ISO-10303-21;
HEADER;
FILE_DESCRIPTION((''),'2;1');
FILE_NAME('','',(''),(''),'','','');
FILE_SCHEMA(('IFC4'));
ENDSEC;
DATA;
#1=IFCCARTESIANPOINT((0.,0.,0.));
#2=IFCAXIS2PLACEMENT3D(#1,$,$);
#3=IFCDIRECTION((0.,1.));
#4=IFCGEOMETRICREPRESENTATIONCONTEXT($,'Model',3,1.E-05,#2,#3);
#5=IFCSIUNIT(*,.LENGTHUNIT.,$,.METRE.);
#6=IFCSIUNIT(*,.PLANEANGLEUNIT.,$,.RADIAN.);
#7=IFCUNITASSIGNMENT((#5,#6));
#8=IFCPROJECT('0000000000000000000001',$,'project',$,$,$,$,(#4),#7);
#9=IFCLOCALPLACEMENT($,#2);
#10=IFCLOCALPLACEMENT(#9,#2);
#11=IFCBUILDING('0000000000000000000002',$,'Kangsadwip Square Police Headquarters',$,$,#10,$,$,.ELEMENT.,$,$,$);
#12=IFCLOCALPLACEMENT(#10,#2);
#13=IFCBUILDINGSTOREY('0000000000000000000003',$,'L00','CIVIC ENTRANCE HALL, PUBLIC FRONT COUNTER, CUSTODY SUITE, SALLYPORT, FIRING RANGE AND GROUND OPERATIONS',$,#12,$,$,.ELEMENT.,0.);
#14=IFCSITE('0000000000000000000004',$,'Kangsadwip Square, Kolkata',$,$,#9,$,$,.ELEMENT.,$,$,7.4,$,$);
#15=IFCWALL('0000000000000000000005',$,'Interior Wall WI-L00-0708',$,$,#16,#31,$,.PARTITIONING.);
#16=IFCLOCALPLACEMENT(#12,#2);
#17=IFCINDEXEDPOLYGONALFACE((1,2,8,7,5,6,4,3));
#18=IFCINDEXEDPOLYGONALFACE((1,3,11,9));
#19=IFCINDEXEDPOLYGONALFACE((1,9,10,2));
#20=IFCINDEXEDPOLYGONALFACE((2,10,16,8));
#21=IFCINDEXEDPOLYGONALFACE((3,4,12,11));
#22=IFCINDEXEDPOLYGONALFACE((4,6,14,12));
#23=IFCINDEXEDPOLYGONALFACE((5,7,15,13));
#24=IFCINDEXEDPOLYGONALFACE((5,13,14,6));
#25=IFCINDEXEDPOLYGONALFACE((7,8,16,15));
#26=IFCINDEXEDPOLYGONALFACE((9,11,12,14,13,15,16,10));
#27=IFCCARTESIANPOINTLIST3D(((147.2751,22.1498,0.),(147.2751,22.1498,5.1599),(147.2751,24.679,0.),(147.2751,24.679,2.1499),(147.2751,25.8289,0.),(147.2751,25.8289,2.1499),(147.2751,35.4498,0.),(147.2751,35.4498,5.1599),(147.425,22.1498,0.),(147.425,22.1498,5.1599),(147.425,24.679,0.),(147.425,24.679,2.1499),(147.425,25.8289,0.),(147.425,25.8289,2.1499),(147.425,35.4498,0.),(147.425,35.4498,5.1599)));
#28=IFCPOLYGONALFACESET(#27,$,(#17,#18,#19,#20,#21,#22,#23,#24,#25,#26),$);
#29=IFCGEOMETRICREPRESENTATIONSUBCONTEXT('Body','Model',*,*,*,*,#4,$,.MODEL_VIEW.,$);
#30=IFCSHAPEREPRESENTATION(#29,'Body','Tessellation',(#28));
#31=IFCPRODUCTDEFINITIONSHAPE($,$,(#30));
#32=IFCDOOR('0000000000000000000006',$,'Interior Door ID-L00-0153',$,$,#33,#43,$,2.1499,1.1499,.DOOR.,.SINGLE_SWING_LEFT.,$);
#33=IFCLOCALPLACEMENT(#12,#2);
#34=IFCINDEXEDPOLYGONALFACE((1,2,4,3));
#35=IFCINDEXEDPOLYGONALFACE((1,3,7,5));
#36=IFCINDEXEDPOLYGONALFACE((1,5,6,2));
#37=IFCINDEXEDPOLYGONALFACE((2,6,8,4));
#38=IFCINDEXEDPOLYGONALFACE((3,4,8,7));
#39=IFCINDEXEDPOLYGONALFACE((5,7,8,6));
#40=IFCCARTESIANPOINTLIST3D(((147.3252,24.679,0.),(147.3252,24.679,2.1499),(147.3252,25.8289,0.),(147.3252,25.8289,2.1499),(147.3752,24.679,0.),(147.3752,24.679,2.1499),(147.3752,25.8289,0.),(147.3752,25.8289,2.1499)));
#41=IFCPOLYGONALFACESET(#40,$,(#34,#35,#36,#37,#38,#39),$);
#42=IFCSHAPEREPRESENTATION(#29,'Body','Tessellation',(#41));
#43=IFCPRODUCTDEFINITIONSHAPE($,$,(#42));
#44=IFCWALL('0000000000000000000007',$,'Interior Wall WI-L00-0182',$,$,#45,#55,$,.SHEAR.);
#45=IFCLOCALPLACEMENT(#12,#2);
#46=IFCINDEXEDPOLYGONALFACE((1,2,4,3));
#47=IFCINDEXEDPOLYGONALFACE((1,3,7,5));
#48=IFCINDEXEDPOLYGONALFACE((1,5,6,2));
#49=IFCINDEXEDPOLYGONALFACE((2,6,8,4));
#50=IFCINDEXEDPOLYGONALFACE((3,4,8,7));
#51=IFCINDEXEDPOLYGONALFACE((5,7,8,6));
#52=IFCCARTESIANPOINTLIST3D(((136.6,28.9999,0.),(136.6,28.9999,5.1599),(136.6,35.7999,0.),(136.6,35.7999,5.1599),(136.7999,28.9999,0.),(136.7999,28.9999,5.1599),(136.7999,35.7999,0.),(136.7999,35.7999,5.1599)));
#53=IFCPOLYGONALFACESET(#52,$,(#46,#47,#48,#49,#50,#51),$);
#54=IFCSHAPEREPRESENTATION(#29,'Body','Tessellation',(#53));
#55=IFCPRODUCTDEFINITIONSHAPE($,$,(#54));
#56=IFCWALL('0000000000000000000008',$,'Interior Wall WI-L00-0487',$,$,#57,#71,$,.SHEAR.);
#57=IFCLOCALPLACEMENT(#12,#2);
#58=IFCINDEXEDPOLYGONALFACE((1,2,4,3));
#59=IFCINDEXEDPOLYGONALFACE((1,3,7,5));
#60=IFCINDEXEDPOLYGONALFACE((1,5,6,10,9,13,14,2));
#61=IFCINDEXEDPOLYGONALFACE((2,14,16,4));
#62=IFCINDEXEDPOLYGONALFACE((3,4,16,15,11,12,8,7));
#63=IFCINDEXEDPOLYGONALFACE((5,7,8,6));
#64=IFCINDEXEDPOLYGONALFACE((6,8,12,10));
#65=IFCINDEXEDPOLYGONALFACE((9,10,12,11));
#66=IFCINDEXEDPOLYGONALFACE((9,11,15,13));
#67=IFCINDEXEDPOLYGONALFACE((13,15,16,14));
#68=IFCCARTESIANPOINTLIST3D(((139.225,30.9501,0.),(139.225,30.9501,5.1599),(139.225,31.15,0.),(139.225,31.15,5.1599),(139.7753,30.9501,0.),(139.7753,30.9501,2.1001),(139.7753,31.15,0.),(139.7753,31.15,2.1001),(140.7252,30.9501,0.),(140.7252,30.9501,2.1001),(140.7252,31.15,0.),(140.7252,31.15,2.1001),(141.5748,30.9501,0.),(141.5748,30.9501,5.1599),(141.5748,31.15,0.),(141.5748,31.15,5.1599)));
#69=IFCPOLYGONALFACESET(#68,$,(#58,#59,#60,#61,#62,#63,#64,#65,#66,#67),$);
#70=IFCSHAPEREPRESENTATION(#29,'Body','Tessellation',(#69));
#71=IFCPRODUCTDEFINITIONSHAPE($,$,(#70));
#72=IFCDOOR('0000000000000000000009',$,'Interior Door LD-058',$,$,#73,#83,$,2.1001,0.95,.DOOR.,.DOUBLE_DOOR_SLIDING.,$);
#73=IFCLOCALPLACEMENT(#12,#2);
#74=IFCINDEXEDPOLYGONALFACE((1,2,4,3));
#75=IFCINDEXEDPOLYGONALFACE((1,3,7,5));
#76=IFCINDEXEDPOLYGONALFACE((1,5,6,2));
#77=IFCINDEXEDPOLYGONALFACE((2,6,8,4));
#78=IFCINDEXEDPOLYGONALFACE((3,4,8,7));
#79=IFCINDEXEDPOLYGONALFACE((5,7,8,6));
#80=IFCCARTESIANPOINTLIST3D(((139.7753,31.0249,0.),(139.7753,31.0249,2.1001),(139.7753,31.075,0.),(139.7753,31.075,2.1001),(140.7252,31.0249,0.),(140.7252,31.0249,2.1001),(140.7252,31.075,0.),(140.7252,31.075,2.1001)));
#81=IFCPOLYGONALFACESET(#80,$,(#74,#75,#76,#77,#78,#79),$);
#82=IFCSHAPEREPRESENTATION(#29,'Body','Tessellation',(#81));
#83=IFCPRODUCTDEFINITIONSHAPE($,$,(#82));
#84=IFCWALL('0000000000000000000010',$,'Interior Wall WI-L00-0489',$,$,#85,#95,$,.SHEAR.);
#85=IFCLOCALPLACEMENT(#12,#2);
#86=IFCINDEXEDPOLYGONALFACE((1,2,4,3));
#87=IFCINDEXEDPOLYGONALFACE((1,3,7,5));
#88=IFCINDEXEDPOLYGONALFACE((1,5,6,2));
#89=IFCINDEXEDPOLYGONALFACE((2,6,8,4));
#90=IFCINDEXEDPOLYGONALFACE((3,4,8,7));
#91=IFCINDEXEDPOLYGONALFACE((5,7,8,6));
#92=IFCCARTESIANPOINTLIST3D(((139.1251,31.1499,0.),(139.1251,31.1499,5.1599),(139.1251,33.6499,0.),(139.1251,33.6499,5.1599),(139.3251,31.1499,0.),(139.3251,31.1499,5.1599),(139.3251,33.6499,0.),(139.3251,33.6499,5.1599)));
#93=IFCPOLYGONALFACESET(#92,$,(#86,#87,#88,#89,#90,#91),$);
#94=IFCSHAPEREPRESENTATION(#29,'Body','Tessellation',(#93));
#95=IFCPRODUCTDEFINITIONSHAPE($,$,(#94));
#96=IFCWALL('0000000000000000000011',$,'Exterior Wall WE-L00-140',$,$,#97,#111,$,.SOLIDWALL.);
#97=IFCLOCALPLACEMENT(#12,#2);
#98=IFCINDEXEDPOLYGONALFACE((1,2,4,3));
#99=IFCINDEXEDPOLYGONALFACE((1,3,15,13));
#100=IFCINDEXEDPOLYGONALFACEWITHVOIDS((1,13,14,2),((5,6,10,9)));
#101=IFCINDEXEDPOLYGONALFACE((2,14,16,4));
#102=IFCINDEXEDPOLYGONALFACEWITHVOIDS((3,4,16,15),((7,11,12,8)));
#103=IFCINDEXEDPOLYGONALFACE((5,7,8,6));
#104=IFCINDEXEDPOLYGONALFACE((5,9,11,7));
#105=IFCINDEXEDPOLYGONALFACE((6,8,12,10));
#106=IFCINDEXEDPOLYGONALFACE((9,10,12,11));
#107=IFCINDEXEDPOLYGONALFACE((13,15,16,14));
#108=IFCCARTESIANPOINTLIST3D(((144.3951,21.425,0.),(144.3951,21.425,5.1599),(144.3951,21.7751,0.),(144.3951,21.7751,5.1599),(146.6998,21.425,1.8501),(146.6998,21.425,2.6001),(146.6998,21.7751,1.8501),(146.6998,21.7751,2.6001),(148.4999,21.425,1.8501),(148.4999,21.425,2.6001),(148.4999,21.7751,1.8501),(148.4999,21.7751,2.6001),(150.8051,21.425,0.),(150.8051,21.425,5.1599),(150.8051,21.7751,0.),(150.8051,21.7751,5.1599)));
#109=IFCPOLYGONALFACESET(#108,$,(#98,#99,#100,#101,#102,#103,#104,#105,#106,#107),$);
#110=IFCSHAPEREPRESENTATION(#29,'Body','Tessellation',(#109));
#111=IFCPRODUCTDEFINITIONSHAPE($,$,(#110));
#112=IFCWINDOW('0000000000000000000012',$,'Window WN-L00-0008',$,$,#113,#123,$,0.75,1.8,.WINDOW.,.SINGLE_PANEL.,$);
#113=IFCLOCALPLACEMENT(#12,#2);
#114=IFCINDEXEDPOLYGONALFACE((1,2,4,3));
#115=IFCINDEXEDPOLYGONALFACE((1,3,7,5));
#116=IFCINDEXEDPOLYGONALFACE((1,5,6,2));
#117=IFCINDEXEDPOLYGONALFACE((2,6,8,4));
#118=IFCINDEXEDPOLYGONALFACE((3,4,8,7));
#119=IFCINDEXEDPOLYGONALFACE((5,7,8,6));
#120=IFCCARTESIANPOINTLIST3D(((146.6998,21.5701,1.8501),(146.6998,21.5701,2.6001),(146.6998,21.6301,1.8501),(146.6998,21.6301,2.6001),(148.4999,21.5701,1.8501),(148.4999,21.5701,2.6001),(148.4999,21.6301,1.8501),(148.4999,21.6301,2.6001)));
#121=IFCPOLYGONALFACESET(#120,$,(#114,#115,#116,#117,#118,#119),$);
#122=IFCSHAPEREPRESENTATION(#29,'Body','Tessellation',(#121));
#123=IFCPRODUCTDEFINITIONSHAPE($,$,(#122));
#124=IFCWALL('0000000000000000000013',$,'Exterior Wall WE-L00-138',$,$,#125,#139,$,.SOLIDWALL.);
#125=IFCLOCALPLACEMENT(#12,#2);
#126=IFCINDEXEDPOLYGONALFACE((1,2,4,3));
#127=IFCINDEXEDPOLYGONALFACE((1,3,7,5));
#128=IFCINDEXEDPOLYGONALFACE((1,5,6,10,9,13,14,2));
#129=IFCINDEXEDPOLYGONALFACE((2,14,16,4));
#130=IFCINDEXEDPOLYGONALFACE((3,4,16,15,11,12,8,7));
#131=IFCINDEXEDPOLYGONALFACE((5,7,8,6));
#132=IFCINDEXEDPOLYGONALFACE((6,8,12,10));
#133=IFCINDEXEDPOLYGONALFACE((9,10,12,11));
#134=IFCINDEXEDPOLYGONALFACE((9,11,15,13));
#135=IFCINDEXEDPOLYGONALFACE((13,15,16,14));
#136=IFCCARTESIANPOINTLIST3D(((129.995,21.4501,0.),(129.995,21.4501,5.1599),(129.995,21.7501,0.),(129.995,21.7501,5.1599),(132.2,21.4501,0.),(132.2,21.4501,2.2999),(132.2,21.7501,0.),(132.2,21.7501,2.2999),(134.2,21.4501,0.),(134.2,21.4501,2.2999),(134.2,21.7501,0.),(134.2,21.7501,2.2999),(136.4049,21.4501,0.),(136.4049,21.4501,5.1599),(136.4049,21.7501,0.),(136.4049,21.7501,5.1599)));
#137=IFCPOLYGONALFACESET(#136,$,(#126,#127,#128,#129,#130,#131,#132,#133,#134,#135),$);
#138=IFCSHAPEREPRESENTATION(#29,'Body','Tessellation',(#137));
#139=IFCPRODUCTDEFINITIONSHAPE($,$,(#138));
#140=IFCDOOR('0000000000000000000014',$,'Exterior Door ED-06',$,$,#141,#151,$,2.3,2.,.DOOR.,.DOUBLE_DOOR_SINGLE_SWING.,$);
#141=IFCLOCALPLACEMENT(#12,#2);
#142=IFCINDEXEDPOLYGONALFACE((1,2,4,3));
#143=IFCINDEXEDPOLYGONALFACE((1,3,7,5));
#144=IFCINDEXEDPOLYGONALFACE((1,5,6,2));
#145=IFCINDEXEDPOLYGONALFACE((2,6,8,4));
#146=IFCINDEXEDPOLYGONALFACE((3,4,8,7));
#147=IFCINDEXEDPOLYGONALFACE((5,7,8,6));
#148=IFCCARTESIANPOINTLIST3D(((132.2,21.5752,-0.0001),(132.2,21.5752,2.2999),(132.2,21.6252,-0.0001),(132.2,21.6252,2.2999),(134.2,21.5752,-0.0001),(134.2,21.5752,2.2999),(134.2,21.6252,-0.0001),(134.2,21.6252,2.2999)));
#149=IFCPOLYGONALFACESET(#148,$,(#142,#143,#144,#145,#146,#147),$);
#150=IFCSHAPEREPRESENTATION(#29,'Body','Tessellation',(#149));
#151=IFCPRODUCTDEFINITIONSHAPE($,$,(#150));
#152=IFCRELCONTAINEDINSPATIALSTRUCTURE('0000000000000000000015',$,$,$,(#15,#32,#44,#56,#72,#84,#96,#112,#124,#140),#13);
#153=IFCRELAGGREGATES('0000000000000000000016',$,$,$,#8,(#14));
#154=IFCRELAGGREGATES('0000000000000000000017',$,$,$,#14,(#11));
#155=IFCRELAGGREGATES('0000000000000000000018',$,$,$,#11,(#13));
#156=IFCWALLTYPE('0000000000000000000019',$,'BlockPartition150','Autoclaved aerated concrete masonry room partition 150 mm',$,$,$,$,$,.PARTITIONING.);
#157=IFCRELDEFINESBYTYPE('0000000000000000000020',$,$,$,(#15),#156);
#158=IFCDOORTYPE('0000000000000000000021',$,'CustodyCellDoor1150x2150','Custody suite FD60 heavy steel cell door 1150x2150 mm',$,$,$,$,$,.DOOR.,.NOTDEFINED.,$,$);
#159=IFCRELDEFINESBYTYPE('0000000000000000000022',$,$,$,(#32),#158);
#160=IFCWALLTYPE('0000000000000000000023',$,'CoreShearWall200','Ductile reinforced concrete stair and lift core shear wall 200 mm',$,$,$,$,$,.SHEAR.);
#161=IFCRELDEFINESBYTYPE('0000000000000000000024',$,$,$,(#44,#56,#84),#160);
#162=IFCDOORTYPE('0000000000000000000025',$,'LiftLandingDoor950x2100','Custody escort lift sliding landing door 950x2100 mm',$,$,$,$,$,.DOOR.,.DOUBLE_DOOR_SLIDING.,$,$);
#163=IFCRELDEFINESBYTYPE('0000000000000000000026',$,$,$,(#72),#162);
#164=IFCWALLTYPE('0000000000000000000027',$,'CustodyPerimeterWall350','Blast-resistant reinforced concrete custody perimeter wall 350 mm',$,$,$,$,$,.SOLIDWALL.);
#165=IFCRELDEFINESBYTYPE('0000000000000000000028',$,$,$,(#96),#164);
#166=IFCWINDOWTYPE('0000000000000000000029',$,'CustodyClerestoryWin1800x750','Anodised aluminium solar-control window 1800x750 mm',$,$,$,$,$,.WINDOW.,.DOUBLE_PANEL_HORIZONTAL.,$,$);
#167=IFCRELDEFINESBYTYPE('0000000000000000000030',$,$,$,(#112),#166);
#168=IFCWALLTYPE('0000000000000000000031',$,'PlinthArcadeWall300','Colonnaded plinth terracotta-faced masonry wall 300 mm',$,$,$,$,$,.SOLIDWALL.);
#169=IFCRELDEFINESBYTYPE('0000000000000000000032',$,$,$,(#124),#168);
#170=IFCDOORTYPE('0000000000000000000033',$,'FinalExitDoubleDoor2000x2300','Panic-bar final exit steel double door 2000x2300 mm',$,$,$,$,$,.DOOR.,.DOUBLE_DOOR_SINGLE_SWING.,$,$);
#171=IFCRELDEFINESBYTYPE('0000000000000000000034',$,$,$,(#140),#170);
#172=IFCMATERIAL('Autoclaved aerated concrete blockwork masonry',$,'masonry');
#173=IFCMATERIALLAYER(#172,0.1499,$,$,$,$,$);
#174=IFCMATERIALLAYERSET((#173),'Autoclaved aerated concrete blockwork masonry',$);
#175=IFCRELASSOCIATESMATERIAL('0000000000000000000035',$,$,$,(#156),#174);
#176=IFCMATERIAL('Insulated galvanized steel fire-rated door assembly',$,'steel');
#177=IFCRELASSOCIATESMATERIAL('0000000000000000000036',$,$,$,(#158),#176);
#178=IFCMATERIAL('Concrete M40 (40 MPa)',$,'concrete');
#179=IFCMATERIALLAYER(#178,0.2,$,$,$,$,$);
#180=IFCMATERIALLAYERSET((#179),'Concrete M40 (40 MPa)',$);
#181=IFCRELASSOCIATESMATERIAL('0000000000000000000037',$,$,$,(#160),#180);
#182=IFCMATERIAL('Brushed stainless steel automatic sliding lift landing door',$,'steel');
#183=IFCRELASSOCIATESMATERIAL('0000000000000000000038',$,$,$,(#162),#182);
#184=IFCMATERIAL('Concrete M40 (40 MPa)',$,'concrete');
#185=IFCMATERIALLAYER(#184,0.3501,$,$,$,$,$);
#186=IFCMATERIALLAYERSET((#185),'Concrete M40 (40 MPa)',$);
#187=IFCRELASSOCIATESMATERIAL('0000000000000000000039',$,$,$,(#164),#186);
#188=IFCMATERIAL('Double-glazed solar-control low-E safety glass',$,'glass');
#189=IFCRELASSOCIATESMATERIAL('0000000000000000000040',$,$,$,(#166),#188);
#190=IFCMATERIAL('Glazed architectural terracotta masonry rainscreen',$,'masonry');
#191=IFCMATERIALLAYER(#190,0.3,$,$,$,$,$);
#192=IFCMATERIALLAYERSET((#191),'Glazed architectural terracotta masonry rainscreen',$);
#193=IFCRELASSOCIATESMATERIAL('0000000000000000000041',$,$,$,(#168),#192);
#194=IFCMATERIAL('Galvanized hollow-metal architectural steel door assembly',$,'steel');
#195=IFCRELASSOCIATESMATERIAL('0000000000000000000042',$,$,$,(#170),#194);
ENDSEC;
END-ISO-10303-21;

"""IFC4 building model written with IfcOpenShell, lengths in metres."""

from ifc_helpers import new_model, si_unit, direction, frame, frame_2d, origin, place, context, subcontext, project, spatial, rectangle, extrude, material, layer, layer_set, type_object, element, fill, save


model = new_model("IFC4")

# Units and contexts
model_context = context("Model", 3, precision=1e-05, world=origin(), true_north=direction((0.0, 1.0)))
body_context = subcontext(model_context, "Body", "Model", "MODEL_VIEW")
ifc_project = project(units=[si_unit("LENGTHUNIT", "METRE"), si_unit("PLANEANGLEUNIT", "RADIAN")], contexts=[model_context])

# Site, building, storey
site_placement = place(None, origin())
site = spatial("IfcSite", under=ifc_project, at=site_placement, Name="Kangsadwip Square, Kolkata", CompositionType="ELEMENT", RefElevation=7.4)
building_placement = place(site_placement, origin())
building = spatial("IfcBuilding", under=site, at=building_placement, Name="Kangsadwip Square Police Headquarters", CompositionType="ELEMENT")
storey_placement = place(building_placement, origin())
storey = spatial("IfcBuildingStorey", under=building, at=storey_placement, Name="L00", Description="CIVIC ENTRANCE HALL, PUBLIC FRONT COUNTER, CUSTODY SUITE, SALLYPORT, FIRING RANGE AND GROUND OPERATIONS", CompositionType="ELEMENT", Elevation=0.0)

# Shared definitions
ifc_material_1 = material(Name="Autoclaved aerated concrete blockwork masonry", Category="masonry")
ifc_layer_1 = layer(ifc_material_1, 0.1499)
ifc_layer_set_1 = layer_set([ifc_layer_1], Name="Autoclaved aerated concrete blockwork masonry")
wall_type_1 = type_object("IfcWallType", Name="BlockPartition150", Description="Autoclaved aerated concrete masonry room partition 150 mm", PredefinedType="PARTITIONING", material=ifc_layer_set_1)

# Wall, opening, door
wall_1_placement = place(storey_placement, frame((147.3501, 22.1499, 0.0), z_axis=(0.0, 0.0, 1.0), x_axis=(0.0, 1.0, 0.0)))
wall_1 = element("IfcWall", 1, at=wall_1_placement, inside=storey, type_object=wall_type_1, Name="Interior Wall WI-L00-0708", PredefinedType="PARTITIONING", context=body_context, shape_type="SweptSolid", body=[
    extrude(rectangle(XDim=13.3, YDim=0.1499, at=frame_2d((6.6499, 0.0))), origin(), (0.0, 0.0, 1.0), 5.1599),
])
opening_1_placement = place(wall_1_placement, frame((2.5291, 0.0, 0.0)))
opening_1 = element("IfcOpeningElement", 2, at=opening_1_placement, cuts=wall_1, PredefinedType="OPENING", context=body_context, shape_type="SweptSolid", body=[
    extrude(rectangle(XDim=1.1499, YDim=2.1499, at=frame_2d((0.575, 1.075))), frame((0.0, 0.085, 0.0), z_axis=(0.0, -1.0, 0.0), x_axis=(1.0, 0.0, 0.0)), (0.0, 0.0, 1.0), 0.1699),
])
ifc_material_2 = material(Name="Insulated galvanized steel fire-rated door assembly", Category="steel")
door_type_1 = type_object("IfcDoorType", Name="CustodyCellDoor1150x2150", Description="Custody suite FD60 heavy steel cell door 1150x2150 mm", OperationType="NOTDEFINED", PredefinedType="DOOR", material=ifc_material_2)
door_1_placement = place(opening_1_placement, origin())
door_1 = element("IfcDoor", 3, at=door_1_placement, inside=storey, type_object=door_type_1, Name="Interior Door ID-L00-0153", OperationType="SINGLE_SWING_LEFT", OverallHeight=2.1499, OverallWidth=1.1499, PredefinedType="DOOR", context=body_context, shape_type="SweptSolid", body=[
    extrude(rectangle(XDim=1.1499, YDim=2.1499, at=frame_2d((0.575, 1.075))), frame((0.0, 0.0249, 0.0), z_axis=(0.0, -1.0, 0.0), x_axis=(1.0, 0.0, 0.0)), (0.0, 0.0, 1.0), 0.05),
])
fill(opening_1, door_1)

# Wall
ifc_material_3 = material(Name="Concrete M40 (40 MPa)", Category="concrete")
ifc_layer_2 = layer(ifc_material_3, 0.2)
ifc_layer_set_2 = layer_set([ifc_layer_2], Name="Concrete M40 (40 MPa)")
wall_type_2 = type_object("IfcWallType", Name="CoreShearWall200", Description="Ductile reinforced concrete stair and lift core shear wall 200 mm", PredefinedType="SHEAR", material=ifc_layer_set_2)
wall_2_placement = place(storey_placement, frame((136.7, 29.0, 0.0), z_axis=(0.0, 0.0, 1.0), x_axis=(0.0, 1.0, 0.0)))
element("IfcWall", 4, at=wall_2_placement, inside=storey, type_object=wall_type_2, Name="Interior Wall WI-L00-0182", PredefinedType="SHEAR", context=body_context, shape_type="SweptSolid", body=[
    extrude(rectangle(XDim=6.8, YDim=0.2, at=frame_2d((3.3999, 0.0))), origin(), (0.0, 0.0, 1.0), 5.1599),
])

# Wall, opening, door
wall_3_placement = place(storey_placement, frame((139.2251, 31.05, 0.0), z_axis=(0.0, 0.0, 1.0), x_axis=(1.0, 0.0, 0.0)))
wall_3 = element("IfcWall", 5, at=wall_3_placement, inside=storey, type_object=wall_type_2, Name="Interior Wall WI-L00-0487", PredefinedType="SHEAR", context=body_context, shape_type="SweptSolid", body=[
    extrude(rectangle(XDim=2.3499, YDim=0.2, at=frame_2d((1.1748, 0.0))), origin(), (0.0, 0.0, 1.0), 5.1599),
])
opening_2_placement = place(wall_3_placement, frame((0.55, 0.0, 0.0)))
opening_2 = element("IfcOpeningElement", 6, at=opening_2_placement, cuts=wall_3, PredefinedType="OPENING", context=body_context, shape_type="SweptSolid", body=[
    extrude(rectangle(XDim=0.95, YDim=2.1001, at=frame_2d((0.4751, 1.05))), frame((0.0, 0.1099, 0.0), z_axis=(0.0, -1.0, 0.0), x_axis=(1.0, 0.0, 0.0)), (0.0, 0.0, 1.0), 0.22),
])
ifc_material_4 = material(Name="Brushed stainless steel automatic sliding lift landing door", Category="steel")
door_type_2 = type_object("IfcDoorType", Name="LiftLandingDoor950x2100", Description="Custody escort lift sliding landing door 950x2100 mm", OperationType="DOUBLE_DOOR_SLIDING", PredefinedType="DOOR", material=ifc_material_4)
door_2_placement = place(opening_2_placement, origin())
door_2 = element("IfcDoor", 7, at=door_2_placement, inside=storey, type_object=door_type_2, Name="Interior Door LD-058", OperationType="DOUBLE_DOOR_SLIDING", OverallHeight=2.1001, OverallWidth=0.95, PredefinedType="DOOR", context=body_context, shape_type="SweptSolid", body=[
    extrude(rectangle(XDim=0.95, YDim=2.1001, at=frame_2d((0.4751, 1.05))), frame((0.0, 0.0249, 0.0), z_axis=(0.0, -1.0, 0.0), x_axis=(1.0, 0.0, 0.0)), (0.0, 0.0, 1.0), 0.05),
])
fill(opening_2, door_2)

# Wall
wall_4_placement = place(storey_placement, frame((139.2251, 31.1499, 0.0), z_axis=(0.0, 0.0, 1.0), x_axis=(0.0, 1.0, 0.0)))
element("IfcWall", 8, at=wall_4_placement, inside=storey, type_object=wall_type_2, Name="Interior Wall WI-L00-0489", PredefinedType="SHEAR", context=body_context, shape_type="SweptSolid", body=[
    extrude(rectangle(XDim=2.5, YDim=0.2, at=frame_2d((1.25, 0.0))), origin(), (0.0, 0.0, 1.0), 5.1599),
])

# Wall, opening, window
ifc_material_5 = material(Name="Concrete M40 (40 MPa)", Category="concrete")
ifc_layer_3 = layer(ifc_material_5, 0.3501)
ifc_layer_set_3 = layer_set([ifc_layer_3], Name="Concrete M40 (40 MPa)")
wall_type_3 = type_object("IfcWallType", Name="CustodyPerimeterWall350", Description="Blast-resistant reinforced concrete custody perimeter wall 350 mm", PredefinedType="SOLIDWALL", material=ifc_layer_set_3)
wall_5_placement = place(storey_placement, frame((144.395, 21.6001, 0.0), z_axis=(0.0, 0.0, 1.0), x_axis=(1.0, 0.0, 0.0)))
wall_5 = element("IfcWall", 9, at=wall_5_placement, inside=storey, type_object=wall_type_3, Name="Exterior Wall WE-L00-140", PredefinedType="SOLIDWALL", context=body_context, shape_type="SweptSolid", body=[
    extrude(rectangle(XDim=6.4099, YDim=0.3501, at=frame_2d((3.2051, 0.0))), origin(), (0.0, 0.0, 1.0), 5.1599),
])
opening_3_placement = place(wall_5_placement, frame((2.3049, 0.0, 1.8501)))
opening_3 = element("IfcOpeningElement", 10, at=opening_3_placement, cuts=wall_5, PredefinedType="OPENING", context=body_context, shape_type="SweptSolid", body=[
    extrude(rectangle(XDim=1.8, YDim=0.75, at=frame_2d((0.8999, 0.375))), frame((0.0, 0.1851, 0.0), z_axis=(0.0, -1.0, 0.0), x_axis=(1.0, 0.0, 0.0)), (0.0, 0.0, 1.0), 0.3701),
])
ifc_material_6 = material(Name="Double-glazed solar-control low-E safety glass", Category="glass")
window_type = type_object("IfcWindowType", Name="CustodyClerestoryWin1800x750", Description="Anodised aluminium solar-control window 1800x750 mm", PartitioningType="DOUBLE_PANEL_HORIZONTAL", PredefinedType="WINDOW", material=ifc_material_6)
window_placement = place(opening_3_placement, origin())
window = element("IfcWindow", 11, at=window_placement, inside=storey, type_object=window_type, Name="Window WN-L00-0008", OverallHeight=0.75, OverallWidth=1.8, PartitioningType="SINGLE_PANEL", PredefinedType="WINDOW", context=body_context, shape_type="SweptSolid", body=[
    extrude(rectangle(XDim=1.8, YDim=0.75, at=frame_2d((0.8999, 0.375))), frame((0.0, 0.03, 0.0), z_axis=(0.0, -1.0, 0.0), x_axis=(1.0, 0.0, 0.0)), (0.0, 0.0, 1.0), 0.0601),
])
fill(opening_3, window)

# Wall, opening, door
ifc_material_7 = material(Name="Glazed architectural terracotta masonry rainscreen", Category="masonry")
ifc_layer_4 = layer(ifc_material_7, 0.3)
ifc_layer_set_4 = layer_set([ifc_layer_4], Name="Glazed architectural terracotta masonry rainscreen")
wall_type_4 = type_object("IfcWallType", Name="PlinthArcadeWall300", Description="Colonnaded plinth terracotta-faced masonry wall 300 mm", PredefinedType="SOLIDWALL", material=ifc_layer_set_4)
wall_6_placement = place(storey_placement, frame((136.405, 21.6001, 0.0), z_axis=(0.0, 0.0, 1.0), x_axis=(-1.0, 0.0, 0.0)))
wall_6 = element("IfcWall", 12, at=wall_6_placement, inside=storey, type_object=wall_type_4, Name="Exterior Wall WE-L00-138", PredefinedType="SOLIDWALL", context=body_context, shape_type="SweptSolid", body=[
    extrude(rectangle(XDim=6.4099, YDim=0.3, at=frame_2d((3.2051, 0.0))), origin(), (0.0, 0.0, 1.0), 5.1599),
])
opening_4_placement = place(wall_6_placement, frame((2.2051, 0.0, 0.0)))
opening_4 = element("IfcOpeningElement", 13, at=opening_4_placement, cuts=wall_6, PredefinedType="OPENING", context=body_context, shape_type="SweptSolid", body=[
    extrude(rectangle(XDim=2.0, YDim=2.3, at=frame_2d((1.0, 1.1499))), frame((0.0, 0.1599, 0.0), z_axis=(0.0, -1.0, 0.0), x_axis=(1.0, 0.0, 0.0)), (0.0, 0.0, 1.0), 0.3201),
])
ifc_material_8 = material(Name="Galvanized hollow-metal architectural steel door assembly", Category="steel")
door_type_3 = type_object("IfcDoorType", Name="FinalExitDoubleDoor2000x2300", Description="Panic-bar final exit steel double door 2000x2300 mm", OperationType="DOUBLE_DOOR_SINGLE_SWING", PredefinedType="DOOR", material=ifc_material_8)
door_3_placement = place(opening_4_placement, origin())
door_3 = element("IfcDoor", 14, at=door_3_placement, inside=storey, type_object=door_type_3, Name="Exterior Door ED-06", OperationType="DOUBLE_DOOR_SINGLE_SWING", OverallHeight=2.3, OverallWidth=2.0, PredefinedType="DOOR", context=body_context, shape_type="SweptSolid", body=[
    extrude(rectangle(XDim=2.0, YDim=2.3, at=frame_2d((1.0, 1.1499))), frame((0.0, 0.0249, 0.0), z_axis=(0.0, -1.0, 0.0), x_axis=(1.0, 0.0, 0.0)), (0.0, 0.0, 1.0), 0.05),
])
fill(opening_4, door_3)

save(model, "model.ifc")
